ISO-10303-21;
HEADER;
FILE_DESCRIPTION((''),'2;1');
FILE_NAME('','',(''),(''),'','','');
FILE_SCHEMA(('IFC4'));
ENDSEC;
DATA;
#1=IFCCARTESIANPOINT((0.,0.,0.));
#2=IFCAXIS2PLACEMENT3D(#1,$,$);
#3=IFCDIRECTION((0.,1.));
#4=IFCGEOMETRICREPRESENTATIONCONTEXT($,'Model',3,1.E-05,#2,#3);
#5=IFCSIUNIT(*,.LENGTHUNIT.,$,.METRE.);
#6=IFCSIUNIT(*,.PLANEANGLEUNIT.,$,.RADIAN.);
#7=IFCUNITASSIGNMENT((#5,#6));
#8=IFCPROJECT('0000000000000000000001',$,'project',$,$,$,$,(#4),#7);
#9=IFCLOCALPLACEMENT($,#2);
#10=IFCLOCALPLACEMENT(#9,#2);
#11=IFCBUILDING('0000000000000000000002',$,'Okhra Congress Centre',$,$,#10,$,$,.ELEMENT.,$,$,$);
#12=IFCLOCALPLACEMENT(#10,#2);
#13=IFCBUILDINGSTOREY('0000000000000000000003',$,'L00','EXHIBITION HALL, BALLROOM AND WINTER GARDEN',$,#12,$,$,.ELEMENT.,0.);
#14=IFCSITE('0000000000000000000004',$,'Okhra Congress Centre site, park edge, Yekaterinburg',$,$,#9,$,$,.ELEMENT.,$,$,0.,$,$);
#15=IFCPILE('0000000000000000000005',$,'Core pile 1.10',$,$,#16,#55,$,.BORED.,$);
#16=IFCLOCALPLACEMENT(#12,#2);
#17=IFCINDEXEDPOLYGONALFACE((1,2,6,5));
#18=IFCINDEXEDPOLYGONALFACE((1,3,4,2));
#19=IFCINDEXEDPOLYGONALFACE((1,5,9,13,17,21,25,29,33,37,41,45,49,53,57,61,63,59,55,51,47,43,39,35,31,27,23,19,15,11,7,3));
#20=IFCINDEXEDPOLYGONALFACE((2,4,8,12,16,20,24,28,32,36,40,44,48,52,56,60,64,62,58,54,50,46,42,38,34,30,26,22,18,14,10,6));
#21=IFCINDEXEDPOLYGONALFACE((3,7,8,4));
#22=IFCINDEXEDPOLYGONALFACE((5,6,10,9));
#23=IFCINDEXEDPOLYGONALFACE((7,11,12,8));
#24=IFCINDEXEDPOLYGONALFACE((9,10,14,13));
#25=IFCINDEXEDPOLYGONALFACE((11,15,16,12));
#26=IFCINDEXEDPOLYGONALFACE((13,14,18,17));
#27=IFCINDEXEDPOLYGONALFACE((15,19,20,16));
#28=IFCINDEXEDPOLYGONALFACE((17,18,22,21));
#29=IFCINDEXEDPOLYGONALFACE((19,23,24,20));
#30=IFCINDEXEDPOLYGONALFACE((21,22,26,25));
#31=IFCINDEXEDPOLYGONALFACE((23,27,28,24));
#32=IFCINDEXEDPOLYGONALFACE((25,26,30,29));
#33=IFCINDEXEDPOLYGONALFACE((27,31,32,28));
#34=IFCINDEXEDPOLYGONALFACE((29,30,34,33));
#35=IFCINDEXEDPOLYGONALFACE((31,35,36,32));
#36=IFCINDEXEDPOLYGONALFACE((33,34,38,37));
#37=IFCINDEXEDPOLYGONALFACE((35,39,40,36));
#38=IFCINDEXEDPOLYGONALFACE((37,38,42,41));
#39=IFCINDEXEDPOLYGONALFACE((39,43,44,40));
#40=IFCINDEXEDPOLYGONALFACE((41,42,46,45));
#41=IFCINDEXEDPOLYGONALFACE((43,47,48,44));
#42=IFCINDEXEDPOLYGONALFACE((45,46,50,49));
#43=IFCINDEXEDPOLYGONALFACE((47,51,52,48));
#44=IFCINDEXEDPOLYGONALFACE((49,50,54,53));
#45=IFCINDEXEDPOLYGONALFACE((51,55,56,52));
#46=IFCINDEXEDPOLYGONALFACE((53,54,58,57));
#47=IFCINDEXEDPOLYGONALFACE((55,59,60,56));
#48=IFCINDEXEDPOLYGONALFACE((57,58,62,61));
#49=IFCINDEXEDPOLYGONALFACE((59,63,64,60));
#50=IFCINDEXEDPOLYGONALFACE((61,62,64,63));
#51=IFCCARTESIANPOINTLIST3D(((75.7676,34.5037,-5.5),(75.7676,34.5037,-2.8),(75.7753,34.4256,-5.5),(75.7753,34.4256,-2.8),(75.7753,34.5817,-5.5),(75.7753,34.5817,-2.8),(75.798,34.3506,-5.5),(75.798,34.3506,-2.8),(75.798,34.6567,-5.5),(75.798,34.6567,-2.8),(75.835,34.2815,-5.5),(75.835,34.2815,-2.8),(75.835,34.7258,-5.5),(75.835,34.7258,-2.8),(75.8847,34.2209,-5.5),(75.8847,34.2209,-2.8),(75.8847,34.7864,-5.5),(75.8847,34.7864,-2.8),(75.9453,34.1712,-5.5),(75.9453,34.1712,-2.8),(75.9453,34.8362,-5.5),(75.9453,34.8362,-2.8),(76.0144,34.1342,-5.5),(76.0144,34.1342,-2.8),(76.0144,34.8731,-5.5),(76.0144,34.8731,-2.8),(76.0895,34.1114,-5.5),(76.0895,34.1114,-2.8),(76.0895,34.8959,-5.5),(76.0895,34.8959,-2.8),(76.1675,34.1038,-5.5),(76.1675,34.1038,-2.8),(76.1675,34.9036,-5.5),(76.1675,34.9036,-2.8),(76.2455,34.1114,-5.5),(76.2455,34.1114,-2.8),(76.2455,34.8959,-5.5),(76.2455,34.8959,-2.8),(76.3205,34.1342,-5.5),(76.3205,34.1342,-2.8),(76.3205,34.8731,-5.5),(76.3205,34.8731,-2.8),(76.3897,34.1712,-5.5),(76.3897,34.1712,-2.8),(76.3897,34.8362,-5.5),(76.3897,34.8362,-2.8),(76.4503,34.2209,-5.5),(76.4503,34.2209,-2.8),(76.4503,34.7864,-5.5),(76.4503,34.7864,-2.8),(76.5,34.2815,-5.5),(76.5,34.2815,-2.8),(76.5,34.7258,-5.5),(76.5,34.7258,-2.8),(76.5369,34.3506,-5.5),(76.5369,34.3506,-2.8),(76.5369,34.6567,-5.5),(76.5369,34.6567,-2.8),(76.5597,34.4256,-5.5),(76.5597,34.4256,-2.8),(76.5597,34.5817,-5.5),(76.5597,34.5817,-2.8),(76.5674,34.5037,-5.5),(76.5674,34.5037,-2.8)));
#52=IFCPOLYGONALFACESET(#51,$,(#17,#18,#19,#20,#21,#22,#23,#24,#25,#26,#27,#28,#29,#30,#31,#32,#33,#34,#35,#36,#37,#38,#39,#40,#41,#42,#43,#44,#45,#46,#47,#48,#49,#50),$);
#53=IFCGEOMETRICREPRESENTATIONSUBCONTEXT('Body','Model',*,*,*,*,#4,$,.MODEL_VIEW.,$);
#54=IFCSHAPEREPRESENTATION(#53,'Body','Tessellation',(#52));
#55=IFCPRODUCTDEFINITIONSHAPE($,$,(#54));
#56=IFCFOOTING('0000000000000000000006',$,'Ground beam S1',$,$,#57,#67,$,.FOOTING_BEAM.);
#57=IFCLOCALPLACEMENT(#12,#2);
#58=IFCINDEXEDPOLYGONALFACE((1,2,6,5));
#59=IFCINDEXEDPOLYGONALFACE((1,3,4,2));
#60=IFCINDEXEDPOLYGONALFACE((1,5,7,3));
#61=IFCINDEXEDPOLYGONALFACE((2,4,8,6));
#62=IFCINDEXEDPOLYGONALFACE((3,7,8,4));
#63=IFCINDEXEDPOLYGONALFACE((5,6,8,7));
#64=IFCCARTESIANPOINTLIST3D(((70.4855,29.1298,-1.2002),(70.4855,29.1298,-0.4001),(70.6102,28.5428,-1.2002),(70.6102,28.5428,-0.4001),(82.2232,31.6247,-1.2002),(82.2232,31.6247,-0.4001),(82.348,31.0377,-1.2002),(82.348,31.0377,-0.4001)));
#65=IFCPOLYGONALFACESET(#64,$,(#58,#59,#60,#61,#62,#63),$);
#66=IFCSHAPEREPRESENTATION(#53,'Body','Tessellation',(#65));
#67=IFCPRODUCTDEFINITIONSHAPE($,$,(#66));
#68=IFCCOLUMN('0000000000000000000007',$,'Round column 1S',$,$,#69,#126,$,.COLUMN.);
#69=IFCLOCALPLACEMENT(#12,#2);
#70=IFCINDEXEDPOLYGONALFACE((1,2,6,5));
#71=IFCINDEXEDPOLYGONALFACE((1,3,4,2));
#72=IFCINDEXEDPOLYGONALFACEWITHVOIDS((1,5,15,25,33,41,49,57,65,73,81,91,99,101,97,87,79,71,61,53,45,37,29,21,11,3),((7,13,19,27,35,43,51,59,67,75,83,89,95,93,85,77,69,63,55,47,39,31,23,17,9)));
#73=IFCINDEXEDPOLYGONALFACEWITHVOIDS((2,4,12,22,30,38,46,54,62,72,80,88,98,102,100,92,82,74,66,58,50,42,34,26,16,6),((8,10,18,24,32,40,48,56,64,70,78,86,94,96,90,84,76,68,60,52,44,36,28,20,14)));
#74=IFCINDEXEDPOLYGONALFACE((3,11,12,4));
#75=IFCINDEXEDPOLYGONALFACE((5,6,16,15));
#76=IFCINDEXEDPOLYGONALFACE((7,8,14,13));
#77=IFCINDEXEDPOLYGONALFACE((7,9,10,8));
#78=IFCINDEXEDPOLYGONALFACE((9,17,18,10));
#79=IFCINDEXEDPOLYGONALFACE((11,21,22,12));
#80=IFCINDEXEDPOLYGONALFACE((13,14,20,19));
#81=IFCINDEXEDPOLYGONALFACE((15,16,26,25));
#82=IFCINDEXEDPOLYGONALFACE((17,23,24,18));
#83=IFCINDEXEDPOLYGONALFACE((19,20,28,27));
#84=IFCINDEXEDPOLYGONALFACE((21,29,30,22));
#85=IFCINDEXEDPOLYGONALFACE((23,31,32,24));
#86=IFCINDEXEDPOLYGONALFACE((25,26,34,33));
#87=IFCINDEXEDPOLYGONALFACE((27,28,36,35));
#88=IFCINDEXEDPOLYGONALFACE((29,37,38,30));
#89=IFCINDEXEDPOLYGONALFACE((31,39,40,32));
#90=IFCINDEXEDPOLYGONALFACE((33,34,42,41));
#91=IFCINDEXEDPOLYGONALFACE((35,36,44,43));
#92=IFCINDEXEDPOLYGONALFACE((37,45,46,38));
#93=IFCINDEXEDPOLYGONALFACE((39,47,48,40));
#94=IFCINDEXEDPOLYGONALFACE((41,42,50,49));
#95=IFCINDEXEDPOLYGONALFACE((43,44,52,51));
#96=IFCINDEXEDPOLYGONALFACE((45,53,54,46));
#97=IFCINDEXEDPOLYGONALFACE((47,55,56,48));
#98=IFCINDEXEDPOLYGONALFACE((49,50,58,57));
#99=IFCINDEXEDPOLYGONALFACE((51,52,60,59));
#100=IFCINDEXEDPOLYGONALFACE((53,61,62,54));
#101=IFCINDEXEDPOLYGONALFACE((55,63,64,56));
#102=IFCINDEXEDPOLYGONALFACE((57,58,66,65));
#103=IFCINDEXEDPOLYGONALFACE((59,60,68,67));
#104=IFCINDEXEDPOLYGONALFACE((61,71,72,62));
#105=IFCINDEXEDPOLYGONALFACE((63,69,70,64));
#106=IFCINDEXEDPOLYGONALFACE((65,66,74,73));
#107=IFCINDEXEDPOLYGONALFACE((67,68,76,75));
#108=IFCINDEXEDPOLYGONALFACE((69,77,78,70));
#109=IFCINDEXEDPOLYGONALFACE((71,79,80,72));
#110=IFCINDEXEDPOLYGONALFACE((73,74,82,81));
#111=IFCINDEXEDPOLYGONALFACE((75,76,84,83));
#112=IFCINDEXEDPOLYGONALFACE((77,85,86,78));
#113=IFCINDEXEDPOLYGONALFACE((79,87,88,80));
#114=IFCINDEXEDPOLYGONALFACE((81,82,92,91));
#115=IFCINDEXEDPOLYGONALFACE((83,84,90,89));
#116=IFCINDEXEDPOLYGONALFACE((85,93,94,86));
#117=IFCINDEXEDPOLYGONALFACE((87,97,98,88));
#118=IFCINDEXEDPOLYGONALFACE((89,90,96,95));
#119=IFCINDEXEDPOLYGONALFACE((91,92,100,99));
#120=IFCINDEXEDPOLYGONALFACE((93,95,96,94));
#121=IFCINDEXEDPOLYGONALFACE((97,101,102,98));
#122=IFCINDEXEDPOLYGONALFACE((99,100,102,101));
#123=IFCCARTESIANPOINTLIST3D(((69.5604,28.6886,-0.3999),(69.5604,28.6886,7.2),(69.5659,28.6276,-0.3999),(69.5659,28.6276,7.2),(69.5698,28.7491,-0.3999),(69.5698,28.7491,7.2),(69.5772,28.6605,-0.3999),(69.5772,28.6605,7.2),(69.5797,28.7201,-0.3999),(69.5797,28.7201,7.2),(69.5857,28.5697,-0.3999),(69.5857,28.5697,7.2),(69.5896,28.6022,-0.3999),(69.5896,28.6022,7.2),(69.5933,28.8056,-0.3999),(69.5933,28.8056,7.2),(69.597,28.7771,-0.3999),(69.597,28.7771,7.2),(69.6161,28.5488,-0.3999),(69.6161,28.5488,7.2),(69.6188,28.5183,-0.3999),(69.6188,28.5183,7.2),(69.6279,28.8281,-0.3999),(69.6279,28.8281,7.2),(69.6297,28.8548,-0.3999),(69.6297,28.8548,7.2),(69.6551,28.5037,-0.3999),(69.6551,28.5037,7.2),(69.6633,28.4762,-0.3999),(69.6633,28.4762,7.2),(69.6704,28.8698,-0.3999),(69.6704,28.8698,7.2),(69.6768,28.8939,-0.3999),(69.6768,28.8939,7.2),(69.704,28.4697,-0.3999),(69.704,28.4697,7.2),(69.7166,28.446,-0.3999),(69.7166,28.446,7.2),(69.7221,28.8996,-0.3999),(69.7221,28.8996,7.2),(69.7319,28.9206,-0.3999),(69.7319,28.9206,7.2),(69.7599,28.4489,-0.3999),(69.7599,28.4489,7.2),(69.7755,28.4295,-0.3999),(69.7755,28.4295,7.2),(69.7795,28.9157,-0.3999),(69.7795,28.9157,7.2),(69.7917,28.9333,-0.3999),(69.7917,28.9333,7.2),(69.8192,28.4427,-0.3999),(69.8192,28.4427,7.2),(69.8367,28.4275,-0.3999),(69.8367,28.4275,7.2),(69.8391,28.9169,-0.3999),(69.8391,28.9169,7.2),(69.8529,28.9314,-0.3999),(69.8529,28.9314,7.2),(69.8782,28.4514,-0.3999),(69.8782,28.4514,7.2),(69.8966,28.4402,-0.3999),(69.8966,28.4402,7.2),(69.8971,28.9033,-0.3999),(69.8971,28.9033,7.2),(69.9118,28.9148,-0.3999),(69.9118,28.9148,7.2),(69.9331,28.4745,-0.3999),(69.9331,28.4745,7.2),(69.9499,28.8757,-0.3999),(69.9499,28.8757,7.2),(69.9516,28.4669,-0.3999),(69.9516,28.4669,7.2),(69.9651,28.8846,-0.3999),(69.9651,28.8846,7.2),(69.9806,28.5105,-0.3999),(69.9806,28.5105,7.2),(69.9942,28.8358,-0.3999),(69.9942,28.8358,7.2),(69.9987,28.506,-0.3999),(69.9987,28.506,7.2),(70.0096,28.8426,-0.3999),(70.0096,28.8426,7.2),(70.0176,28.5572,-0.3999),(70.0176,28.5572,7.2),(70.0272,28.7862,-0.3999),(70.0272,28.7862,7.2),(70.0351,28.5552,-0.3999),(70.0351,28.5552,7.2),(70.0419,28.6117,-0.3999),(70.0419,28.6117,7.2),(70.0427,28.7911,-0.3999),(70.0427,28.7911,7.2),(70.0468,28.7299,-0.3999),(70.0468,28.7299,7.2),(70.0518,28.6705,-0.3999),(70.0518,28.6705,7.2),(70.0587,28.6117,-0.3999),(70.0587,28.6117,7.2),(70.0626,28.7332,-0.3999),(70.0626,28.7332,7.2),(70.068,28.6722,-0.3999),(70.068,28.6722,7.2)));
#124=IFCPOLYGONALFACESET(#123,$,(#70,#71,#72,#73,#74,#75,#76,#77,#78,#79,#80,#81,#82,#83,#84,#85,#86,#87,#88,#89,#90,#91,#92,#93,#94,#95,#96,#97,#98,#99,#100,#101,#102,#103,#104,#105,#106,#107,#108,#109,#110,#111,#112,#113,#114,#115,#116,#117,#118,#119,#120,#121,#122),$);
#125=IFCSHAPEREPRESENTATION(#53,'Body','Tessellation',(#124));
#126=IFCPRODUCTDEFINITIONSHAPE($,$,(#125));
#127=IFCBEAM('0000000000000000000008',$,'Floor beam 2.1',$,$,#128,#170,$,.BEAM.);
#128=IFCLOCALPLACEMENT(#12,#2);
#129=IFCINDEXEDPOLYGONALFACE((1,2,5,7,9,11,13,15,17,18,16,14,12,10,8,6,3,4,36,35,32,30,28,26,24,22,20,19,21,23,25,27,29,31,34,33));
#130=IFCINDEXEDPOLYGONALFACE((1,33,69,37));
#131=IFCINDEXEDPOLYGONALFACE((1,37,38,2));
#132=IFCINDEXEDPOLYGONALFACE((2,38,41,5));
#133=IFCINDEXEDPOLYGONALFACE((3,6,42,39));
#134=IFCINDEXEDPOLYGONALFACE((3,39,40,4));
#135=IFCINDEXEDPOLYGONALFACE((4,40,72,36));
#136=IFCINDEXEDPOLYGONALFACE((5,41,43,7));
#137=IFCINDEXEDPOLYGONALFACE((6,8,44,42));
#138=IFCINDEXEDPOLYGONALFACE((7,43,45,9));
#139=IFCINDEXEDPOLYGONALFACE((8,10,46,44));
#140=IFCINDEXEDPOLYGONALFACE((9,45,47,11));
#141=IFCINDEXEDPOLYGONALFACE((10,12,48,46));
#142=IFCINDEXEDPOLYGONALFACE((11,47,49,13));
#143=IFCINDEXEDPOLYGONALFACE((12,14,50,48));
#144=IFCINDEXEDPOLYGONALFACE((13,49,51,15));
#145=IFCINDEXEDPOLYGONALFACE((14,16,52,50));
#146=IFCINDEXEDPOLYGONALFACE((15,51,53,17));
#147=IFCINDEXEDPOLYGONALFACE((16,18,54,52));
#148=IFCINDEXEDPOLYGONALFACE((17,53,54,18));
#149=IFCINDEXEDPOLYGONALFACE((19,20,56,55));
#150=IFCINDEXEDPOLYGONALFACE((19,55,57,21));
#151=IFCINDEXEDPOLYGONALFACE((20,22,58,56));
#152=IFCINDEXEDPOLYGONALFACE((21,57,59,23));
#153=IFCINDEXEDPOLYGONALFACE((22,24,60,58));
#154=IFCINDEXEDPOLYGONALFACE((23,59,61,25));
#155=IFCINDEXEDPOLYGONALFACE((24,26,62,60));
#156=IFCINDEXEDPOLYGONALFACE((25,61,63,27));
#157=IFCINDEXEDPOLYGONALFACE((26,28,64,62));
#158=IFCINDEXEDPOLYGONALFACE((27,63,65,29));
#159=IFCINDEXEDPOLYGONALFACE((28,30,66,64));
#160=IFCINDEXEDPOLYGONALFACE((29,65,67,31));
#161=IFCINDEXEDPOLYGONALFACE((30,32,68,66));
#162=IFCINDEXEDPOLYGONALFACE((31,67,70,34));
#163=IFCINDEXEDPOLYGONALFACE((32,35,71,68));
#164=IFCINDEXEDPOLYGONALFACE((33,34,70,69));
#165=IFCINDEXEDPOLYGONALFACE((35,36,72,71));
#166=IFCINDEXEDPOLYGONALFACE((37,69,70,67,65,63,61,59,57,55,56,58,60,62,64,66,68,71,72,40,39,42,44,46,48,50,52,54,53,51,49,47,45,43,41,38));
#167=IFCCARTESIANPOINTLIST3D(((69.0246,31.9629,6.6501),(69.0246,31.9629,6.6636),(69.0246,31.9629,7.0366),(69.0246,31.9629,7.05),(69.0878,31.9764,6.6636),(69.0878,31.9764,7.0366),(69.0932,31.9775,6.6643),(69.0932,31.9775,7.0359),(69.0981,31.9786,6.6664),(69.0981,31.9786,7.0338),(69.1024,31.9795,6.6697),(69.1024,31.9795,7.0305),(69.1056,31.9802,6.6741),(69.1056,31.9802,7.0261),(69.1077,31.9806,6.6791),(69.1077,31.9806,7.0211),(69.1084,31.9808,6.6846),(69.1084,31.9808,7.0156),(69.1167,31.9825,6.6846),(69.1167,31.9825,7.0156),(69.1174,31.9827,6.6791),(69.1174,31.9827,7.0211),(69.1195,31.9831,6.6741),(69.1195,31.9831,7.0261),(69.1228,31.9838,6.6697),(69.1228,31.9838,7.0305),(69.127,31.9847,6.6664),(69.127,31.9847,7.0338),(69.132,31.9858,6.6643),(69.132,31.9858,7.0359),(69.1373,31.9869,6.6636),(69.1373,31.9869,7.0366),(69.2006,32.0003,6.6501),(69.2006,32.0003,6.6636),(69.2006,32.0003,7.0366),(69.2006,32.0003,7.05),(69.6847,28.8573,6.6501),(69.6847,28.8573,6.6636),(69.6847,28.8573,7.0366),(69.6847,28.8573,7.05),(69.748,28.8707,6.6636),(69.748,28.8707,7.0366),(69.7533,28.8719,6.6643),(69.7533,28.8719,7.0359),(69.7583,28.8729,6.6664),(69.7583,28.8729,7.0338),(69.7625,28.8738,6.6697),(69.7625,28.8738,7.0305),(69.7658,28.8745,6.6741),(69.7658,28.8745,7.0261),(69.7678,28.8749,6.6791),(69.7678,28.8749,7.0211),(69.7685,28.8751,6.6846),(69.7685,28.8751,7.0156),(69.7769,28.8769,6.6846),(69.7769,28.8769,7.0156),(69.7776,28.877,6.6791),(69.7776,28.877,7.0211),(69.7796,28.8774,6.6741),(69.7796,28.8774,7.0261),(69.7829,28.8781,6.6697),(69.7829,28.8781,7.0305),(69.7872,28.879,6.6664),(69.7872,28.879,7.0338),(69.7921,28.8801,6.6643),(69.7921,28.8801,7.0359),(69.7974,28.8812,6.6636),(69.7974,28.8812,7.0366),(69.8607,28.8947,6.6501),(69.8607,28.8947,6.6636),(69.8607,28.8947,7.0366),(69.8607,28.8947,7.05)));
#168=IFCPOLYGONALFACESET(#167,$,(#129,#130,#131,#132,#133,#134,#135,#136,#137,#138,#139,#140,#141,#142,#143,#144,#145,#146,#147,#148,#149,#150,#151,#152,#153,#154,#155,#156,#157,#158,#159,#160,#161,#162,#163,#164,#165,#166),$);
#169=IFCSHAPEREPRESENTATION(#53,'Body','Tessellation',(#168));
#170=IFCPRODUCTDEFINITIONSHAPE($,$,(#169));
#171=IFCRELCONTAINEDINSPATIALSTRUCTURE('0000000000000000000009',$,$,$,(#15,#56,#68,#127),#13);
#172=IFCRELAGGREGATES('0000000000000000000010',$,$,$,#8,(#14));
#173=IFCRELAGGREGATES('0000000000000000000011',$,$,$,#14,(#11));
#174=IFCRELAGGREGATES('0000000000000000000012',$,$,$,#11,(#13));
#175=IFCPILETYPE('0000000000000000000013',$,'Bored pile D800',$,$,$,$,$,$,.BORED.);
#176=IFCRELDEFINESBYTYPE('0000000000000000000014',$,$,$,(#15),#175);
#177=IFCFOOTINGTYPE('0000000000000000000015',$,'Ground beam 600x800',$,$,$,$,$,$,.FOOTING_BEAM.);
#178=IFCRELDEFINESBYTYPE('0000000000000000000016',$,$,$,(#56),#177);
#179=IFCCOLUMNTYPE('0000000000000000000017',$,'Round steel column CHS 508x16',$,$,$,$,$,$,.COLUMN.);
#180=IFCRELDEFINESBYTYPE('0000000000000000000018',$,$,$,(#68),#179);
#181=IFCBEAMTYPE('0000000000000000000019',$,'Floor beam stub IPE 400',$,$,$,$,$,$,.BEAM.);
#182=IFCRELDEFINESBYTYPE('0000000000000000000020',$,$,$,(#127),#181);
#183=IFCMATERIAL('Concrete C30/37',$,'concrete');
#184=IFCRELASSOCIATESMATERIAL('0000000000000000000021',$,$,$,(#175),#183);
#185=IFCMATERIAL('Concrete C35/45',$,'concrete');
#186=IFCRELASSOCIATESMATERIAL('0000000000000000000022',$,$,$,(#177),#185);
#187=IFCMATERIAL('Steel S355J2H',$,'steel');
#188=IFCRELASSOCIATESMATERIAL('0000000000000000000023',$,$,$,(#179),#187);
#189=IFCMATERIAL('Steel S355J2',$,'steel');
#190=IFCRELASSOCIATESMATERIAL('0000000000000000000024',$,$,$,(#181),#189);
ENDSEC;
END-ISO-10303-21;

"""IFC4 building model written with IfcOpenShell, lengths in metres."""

from ifc_helpers import new_model, si_unit, direction, frame, origin, origin_2d, place, context, subcontext, project, spatial, rectangle, circle, hollow_circle, i_section, extrude, material, material_profile, profile_set, type_object, element, save


model = new_model("IFC4")

# Units and contexts
model_context = context("Model", 3, precision=1e-05, world=origin(), true_north=direction((0.0, 1.0)))
body_context = subcontext(model_context, "Body", "Model", "MODEL_VIEW")
ifc_project = project(units=[si_unit("LENGTHUNIT", "METRE"), si_unit("PLANEANGLEUNIT", "RADIAN")], contexts=[model_context])

# Site, building, storey
site_placement = place(None, origin())
site = spatial("IfcSite", under=ifc_project, at=site_placement, Name="Okhra Congress Centre site, park edge, Yekaterinburg", CompositionType="ELEMENT", RefElevation=0.0)
building_placement = place(site_placement, origin())
building = spatial("IfcBuilding", under=site, at=building_placement, Name="Okhra Congress Centre", CompositionType="ELEMENT")
storey_placement = place(building_placement, origin())
storey = spatial("IfcBuildingStorey", under=building, at=storey_placement, Name="L00", Description="EXHIBITION HALL, BALLROOM AND WINTER GARDEN", CompositionType="ELEMENT", Elevation=0.0)

# Pile
ifc_material_1 = material(Name="Concrete C30/37", Category="concrete")
ifc_material_profile_1 = material_profile(ifc_material_1, circle(Radius=0.3999, at=origin_2d()), Name="D800")
ifc_profile_set_1 = profile_set([ifc_material_profile_1], Name="Concrete C30/37")
pile_type = type_object("IfcPileType", Name="Bored pile D800", PredefinedType="BORED", material=ifc_profile_set_1)
for number, where, z_axis, x_axis, name in (
    (1, (76.1675, 34.5037, -2.8), (0.0, 0.0, -1.0), (1.0, 0.0, 0.0), "Core pile 1.10"),
):
    element("IfcPile", number, at=place(storey_placement, frame(where, z_axis=z_axis, x_axis=x_axis)), inside=storey, type_object=pile_type, Name=name, PredefinedType="BORED", context=body_context, shape_type="SweptSolid", body=[
        extrude(circle(Radius=0.3999, at=origin_2d()), origin(), (0.0, 0.0, 1.0), 2.7),
    ])

# Footing
ifc_material_2 = material(Name="Concrete C35/45", Category="concrete")
footing_type = type_object("IfcFootingType", Name="Ground beam 600x800", PredefinedType="FOOTING_BEAM", material=ifc_material_2)
footing_placement = place(storey_placement, frame((76.4167, 30.0837, -1.2002), z_axis=(0.0, 0.0, 1.0), x_axis=(0.978148, 0.207912, 0.0)))
element("IfcFooting", 2, at=footing_placement, inside=storey, type_object=footing_type, Name="Ground beam S1", PredefinedType="FOOTING_BEAM", context=body_context, shape_type="SweptSolid", body=[
    extrude(rectangle(XDim=12.0, YDim=0.6001, at=origin_2d()), origin(), (0.0, 0.0, 1.0), 0.8),
])

# Column
ifc_material_3 = material(Name="Steel S355J2H", Category="steel")
ifc_material_profile_2 = material_profile(ifc_material_3, hollow_circle(Radius=0.2539, WallThickness=0.0161, at=origin_2d()), Name="CHS 508x16")
ifc_profile_set_2 = profile_set([ifc_material_profile_2], Name="Steel S355J2H")
column_type = type_object("IfcColumnType", Name="Round steel column CHS 508x16", PredefinedType="COLUMN", material=ifc_profile_set_2)
column_placement = place(storey_placement, frame((69.8142, 28.6804, -0.3999), z_axis=(0.0, 0.0, 1.0), x_axis=(0.978148, 0.207912, 0.0)))
element("IfcColumn", 3, at=column_placement, inside=storey, type_object=column_type, Name="Round column 1S", PredefinedType="COLUMN", context=body_context, shape_type="SweptSolid", body=[
    extrude(hollow_circle(Radius=0.2539, WallThickness=0.0161, at=origin_2d()), origin(), (0.0, 0.0, 1.0), 7.5999),
])

# Beam
ifc_material_4 = material(Name="Steel S355J2", Category="steel")
ifc_material_profile_3 = material_profile(ifc_material_4, i_section(OverallWidth=0.1799, OverallDepth=0.3999, WebThickness=0.0085, FlangeThickness=0.0134, FilletRadius=0.021, at=origin_2d()), Name="IPE 400")
ifc_profile_set_3 = profile_set([ifc_material_profile_3], Name="Steel S355J2")
beam_type_1 = type_object("IfcBeamType", Name="Floor beam stub IPE 400", PredefinedType="BEAM", material=ifc_profile_set_3)
beam_1_placement = place(storey_placement, frame((69.7727, 28.876, 6.8501), z_axis=(-0.207917, 0.978147, 0.0), x_axis=(-0.978147, -0.207917, 0.0)))
element("IfcBeam", 4, at=beam_1_placement, inside=storey, type_object=beam_type_1, Name="Floor beam 2.1", PredefinedType="BEAM", context=body_context, shape_type="SweptSolid", body=[
    extrude(i_section(OverallWidth=0.1799, OverallDepth=0.3999, WebThickness=0.0085, FlangeThickness=0.0134, FilletRadius=0.021, at=origin_2d()), origin(), (0.0, 0.0, 1.0), 3.175),
])

save(model, "model.ifc")
